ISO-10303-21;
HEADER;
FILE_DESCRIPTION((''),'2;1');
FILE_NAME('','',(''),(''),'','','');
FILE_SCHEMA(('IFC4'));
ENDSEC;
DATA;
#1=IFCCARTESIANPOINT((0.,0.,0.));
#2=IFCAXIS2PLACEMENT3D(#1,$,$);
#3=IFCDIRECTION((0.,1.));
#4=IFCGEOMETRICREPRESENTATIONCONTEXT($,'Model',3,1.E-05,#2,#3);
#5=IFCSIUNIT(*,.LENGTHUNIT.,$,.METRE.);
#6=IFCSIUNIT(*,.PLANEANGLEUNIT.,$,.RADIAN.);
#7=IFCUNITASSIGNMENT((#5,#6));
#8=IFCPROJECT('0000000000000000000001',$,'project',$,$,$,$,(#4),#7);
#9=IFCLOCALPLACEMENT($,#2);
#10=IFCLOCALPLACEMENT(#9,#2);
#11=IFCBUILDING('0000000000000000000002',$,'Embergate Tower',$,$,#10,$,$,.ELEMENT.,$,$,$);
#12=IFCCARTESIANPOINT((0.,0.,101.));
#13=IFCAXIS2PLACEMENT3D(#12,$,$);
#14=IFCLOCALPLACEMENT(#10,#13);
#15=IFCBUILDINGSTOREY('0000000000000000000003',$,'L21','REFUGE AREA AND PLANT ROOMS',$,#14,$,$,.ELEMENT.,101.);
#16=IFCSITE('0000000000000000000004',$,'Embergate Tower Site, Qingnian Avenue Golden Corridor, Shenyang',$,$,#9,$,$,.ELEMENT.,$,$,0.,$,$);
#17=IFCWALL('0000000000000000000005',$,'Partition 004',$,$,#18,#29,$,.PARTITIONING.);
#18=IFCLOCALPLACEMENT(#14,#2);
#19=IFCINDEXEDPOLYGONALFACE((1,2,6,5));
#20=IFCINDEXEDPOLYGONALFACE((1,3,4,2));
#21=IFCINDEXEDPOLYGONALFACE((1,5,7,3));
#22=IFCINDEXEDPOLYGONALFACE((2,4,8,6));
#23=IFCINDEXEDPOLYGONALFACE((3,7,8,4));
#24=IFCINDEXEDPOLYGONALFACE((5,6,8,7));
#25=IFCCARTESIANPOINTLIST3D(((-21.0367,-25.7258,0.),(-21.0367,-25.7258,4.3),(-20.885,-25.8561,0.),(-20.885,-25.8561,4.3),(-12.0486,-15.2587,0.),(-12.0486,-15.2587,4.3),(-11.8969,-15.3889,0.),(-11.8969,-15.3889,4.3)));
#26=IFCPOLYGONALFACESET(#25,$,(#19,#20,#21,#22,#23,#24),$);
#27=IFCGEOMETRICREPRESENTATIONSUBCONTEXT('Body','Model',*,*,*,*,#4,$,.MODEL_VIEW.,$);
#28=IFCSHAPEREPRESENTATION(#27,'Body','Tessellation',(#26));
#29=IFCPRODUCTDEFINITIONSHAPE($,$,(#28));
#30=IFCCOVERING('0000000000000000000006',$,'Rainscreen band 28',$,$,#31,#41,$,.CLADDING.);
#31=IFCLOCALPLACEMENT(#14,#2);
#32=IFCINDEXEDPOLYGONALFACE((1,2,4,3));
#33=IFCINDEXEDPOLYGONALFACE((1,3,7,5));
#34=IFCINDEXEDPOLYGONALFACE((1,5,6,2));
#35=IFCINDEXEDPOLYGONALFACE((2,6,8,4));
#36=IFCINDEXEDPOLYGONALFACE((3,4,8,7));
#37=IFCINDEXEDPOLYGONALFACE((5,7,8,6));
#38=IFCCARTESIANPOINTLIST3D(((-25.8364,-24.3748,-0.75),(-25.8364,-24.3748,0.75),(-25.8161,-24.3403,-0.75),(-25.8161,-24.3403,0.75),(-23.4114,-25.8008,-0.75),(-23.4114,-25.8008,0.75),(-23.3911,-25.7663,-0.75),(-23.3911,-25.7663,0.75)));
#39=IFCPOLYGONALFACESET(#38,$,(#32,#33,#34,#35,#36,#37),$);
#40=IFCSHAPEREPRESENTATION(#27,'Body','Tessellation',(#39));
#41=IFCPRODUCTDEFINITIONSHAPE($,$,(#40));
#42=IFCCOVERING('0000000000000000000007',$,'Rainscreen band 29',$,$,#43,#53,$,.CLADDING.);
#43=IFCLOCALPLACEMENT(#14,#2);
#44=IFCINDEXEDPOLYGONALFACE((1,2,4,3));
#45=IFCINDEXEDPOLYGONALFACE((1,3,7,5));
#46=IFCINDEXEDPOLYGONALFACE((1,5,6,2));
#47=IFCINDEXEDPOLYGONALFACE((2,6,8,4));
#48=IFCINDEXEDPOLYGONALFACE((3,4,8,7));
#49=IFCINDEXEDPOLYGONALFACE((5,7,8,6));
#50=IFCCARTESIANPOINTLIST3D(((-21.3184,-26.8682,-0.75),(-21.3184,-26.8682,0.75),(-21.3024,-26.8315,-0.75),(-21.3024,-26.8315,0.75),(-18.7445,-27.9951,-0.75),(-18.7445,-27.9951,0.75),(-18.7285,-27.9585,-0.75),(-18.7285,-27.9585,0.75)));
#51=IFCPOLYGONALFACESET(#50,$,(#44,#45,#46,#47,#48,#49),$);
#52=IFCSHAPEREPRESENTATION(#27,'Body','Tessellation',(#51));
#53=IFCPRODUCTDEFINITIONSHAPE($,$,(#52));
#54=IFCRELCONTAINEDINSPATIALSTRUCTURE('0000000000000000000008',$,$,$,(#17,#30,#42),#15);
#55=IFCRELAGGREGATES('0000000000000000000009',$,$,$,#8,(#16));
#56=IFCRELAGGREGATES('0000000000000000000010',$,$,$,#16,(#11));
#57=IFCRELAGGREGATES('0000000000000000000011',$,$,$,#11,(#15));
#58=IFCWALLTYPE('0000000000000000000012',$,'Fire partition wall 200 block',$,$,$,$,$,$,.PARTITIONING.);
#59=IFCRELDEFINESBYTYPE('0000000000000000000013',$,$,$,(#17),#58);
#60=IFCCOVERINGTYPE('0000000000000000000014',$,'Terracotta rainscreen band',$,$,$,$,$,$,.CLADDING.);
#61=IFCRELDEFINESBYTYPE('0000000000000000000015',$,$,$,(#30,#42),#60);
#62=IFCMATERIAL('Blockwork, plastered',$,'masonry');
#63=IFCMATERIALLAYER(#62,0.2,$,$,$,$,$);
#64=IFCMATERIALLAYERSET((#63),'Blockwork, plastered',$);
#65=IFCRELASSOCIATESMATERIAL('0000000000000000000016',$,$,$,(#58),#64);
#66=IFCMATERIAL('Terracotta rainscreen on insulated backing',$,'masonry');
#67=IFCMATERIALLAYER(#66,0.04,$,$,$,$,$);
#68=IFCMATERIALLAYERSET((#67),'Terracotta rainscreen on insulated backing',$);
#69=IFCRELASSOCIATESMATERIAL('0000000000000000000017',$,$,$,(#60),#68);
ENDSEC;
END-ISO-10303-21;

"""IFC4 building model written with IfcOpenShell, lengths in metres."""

from ifc_helpers import new_model, si_unit, direction, frame, frame_2d, origin, origin_2d, place, context, subcontext, project, spatial, rectangle, extrude, source, transform, mapped, material, layer, layer_set, type_object, element, save


model = new_model("IFC4")

# Units and contexts
model_context = context("Model", 3, precision=1e-05, world=origin(), true_north=direction((0.0, 1.0)))
body_context = subcontext(model_context, "Body", "Model", "MODEL_VIEW")
ifc_project = project(units=[si_unit("LENGTHUNIT", "METRE"), si_unit("PLANEANGLEUNIT", "RADIAN")], contexts=[model_context])

# Site, building, storey
site_placement = place(None, origin())
site = spatial("IfcSite", under=ifc_project, at=site_placement, Name="Embergate Tower Site, Qingnian Avenue Golden Corridor, Shenyang", CompositionType="ELEMENT", RefElevation=0.0)
building_placement = place(site_placement, origin())
building = spatial("IfcBuilding", under=site, at=building_placement, Name="Embergate Tower", CompositionType="ELEMENT")
storey_placement = place(building_placement, frame((0.0, 0.0, 101.0)))
storey = spatial("IfcBuildingStorey", under=building, at=storey_placement, Name="L21", Description="REFUGE AREA AND PLANT ROOMS", CompositionType="ELEMENT", Elevation=101.0)

# Wall
ifc_material_1 = material(Name="Blockwork, plastered", Category="masonry")
ifc_layer_1 = layer(ifc_material_1, 0.2)
ifc_layer_set_1 = layer_set([ifc_layer_1], Name="Blockwork, plastered")
wall_type_1 = type_object("IfcWallType", Name="Fire partition wall 200 block", PredefinedType="PARTITIONING", material=ifc_layer_set_1)
shared_shape_1 = source(origin(), body_context, "Body", "SweptSolid", [
    extrude(rectangle(XDim=13.7966, YDim=0.2, at=frame_2d((6.8984, 0.0))), origin(), (0.0, 0.0, 1.0), 4.3),
])
wall_1_placement = place(storey_placement, frame((-20.9609, -25.791, 0.0), z_axis=(0.0, 0.0, 1.0), x_axis=(0.651472, 0.758673, 0.0)))
element("IfcWall", 1, at=wall_1_placement, inside=storey, type_object=wall_type_1, Name="Partition 004", PredefinedType="PARTITIONING", context=body_context, shape_type="MappedRepresentation", body=[
    mapped(shared_shape_1, transform((0.0, 0.0, 0.0))),
])

# Coverings
ifc_material_2 = material(Name="Terracotta rainscreen on insulated backing", Category="masonry")
ifc_layer_2 = layer(ifc_material_2, 0.04)
ifc_layer_set_2 = layer_set([ifc_layer_2], Name="Terracotta rainscreen on insulated backing")
covering_type = type_object("IfcCoveringType", Name="Terracotta rainscreen band", PredefinedType="CLADDING", material=ifc_layer_set_2)
shared_shape_2 = source(origin(), body_context, "Body", "SweptSolid", [
    extrude(rectangle(XDim=2.8132, YDim=0.04, at=origin_2d()), origin(), (0.0, 0.0, 1.0), 1.5),
])
covering_1_placement = place(storey_placement, frame((-24.6138, -25.0706, -0.75), z_axis=(0.0, 0.0, 1.0), x_axis=(0.862007, -0.506896, 0.0)))
element("IfcCovering", 2, at=covering_1_placement, inside=storey, type_object=covering_type, Name="Rainscreen band 28", PredefinedType="CLADDING", context=body_context, shape_type="MappedRepresentation", body=[
    mapped(shared_shape_2, transform((0.0, 0.0, 0.0))),
])
shared_shape_3 = source(origin(), body_context, "Body", "SweptSolid", [
    extrude(rectangle(XDim=2.8098, YDim=0.04, at=origin_2d()), origin(), (0.0, 0.0, 1.0), 1.5),
])
covering_2_placement = place(storey_placement, frame((-20.0234, -27.4133, -0.75), z_axis=(0.0, 0.0, 1.0), x_axis=(0.916043, -0.40108, 0.0)))
element("IfcCovering", 3, at=covering_2_placement, inside=storey, type_object=covering_type, Name="Rainscreen band 29", PredefinedType="CLADDING", context=body_context, shape_type="MappedRepresentation", body=[
    mapped(shared_shape_3, transform((0.0, 0.0, 0.0))),
])

save(model, "model.ifc")
